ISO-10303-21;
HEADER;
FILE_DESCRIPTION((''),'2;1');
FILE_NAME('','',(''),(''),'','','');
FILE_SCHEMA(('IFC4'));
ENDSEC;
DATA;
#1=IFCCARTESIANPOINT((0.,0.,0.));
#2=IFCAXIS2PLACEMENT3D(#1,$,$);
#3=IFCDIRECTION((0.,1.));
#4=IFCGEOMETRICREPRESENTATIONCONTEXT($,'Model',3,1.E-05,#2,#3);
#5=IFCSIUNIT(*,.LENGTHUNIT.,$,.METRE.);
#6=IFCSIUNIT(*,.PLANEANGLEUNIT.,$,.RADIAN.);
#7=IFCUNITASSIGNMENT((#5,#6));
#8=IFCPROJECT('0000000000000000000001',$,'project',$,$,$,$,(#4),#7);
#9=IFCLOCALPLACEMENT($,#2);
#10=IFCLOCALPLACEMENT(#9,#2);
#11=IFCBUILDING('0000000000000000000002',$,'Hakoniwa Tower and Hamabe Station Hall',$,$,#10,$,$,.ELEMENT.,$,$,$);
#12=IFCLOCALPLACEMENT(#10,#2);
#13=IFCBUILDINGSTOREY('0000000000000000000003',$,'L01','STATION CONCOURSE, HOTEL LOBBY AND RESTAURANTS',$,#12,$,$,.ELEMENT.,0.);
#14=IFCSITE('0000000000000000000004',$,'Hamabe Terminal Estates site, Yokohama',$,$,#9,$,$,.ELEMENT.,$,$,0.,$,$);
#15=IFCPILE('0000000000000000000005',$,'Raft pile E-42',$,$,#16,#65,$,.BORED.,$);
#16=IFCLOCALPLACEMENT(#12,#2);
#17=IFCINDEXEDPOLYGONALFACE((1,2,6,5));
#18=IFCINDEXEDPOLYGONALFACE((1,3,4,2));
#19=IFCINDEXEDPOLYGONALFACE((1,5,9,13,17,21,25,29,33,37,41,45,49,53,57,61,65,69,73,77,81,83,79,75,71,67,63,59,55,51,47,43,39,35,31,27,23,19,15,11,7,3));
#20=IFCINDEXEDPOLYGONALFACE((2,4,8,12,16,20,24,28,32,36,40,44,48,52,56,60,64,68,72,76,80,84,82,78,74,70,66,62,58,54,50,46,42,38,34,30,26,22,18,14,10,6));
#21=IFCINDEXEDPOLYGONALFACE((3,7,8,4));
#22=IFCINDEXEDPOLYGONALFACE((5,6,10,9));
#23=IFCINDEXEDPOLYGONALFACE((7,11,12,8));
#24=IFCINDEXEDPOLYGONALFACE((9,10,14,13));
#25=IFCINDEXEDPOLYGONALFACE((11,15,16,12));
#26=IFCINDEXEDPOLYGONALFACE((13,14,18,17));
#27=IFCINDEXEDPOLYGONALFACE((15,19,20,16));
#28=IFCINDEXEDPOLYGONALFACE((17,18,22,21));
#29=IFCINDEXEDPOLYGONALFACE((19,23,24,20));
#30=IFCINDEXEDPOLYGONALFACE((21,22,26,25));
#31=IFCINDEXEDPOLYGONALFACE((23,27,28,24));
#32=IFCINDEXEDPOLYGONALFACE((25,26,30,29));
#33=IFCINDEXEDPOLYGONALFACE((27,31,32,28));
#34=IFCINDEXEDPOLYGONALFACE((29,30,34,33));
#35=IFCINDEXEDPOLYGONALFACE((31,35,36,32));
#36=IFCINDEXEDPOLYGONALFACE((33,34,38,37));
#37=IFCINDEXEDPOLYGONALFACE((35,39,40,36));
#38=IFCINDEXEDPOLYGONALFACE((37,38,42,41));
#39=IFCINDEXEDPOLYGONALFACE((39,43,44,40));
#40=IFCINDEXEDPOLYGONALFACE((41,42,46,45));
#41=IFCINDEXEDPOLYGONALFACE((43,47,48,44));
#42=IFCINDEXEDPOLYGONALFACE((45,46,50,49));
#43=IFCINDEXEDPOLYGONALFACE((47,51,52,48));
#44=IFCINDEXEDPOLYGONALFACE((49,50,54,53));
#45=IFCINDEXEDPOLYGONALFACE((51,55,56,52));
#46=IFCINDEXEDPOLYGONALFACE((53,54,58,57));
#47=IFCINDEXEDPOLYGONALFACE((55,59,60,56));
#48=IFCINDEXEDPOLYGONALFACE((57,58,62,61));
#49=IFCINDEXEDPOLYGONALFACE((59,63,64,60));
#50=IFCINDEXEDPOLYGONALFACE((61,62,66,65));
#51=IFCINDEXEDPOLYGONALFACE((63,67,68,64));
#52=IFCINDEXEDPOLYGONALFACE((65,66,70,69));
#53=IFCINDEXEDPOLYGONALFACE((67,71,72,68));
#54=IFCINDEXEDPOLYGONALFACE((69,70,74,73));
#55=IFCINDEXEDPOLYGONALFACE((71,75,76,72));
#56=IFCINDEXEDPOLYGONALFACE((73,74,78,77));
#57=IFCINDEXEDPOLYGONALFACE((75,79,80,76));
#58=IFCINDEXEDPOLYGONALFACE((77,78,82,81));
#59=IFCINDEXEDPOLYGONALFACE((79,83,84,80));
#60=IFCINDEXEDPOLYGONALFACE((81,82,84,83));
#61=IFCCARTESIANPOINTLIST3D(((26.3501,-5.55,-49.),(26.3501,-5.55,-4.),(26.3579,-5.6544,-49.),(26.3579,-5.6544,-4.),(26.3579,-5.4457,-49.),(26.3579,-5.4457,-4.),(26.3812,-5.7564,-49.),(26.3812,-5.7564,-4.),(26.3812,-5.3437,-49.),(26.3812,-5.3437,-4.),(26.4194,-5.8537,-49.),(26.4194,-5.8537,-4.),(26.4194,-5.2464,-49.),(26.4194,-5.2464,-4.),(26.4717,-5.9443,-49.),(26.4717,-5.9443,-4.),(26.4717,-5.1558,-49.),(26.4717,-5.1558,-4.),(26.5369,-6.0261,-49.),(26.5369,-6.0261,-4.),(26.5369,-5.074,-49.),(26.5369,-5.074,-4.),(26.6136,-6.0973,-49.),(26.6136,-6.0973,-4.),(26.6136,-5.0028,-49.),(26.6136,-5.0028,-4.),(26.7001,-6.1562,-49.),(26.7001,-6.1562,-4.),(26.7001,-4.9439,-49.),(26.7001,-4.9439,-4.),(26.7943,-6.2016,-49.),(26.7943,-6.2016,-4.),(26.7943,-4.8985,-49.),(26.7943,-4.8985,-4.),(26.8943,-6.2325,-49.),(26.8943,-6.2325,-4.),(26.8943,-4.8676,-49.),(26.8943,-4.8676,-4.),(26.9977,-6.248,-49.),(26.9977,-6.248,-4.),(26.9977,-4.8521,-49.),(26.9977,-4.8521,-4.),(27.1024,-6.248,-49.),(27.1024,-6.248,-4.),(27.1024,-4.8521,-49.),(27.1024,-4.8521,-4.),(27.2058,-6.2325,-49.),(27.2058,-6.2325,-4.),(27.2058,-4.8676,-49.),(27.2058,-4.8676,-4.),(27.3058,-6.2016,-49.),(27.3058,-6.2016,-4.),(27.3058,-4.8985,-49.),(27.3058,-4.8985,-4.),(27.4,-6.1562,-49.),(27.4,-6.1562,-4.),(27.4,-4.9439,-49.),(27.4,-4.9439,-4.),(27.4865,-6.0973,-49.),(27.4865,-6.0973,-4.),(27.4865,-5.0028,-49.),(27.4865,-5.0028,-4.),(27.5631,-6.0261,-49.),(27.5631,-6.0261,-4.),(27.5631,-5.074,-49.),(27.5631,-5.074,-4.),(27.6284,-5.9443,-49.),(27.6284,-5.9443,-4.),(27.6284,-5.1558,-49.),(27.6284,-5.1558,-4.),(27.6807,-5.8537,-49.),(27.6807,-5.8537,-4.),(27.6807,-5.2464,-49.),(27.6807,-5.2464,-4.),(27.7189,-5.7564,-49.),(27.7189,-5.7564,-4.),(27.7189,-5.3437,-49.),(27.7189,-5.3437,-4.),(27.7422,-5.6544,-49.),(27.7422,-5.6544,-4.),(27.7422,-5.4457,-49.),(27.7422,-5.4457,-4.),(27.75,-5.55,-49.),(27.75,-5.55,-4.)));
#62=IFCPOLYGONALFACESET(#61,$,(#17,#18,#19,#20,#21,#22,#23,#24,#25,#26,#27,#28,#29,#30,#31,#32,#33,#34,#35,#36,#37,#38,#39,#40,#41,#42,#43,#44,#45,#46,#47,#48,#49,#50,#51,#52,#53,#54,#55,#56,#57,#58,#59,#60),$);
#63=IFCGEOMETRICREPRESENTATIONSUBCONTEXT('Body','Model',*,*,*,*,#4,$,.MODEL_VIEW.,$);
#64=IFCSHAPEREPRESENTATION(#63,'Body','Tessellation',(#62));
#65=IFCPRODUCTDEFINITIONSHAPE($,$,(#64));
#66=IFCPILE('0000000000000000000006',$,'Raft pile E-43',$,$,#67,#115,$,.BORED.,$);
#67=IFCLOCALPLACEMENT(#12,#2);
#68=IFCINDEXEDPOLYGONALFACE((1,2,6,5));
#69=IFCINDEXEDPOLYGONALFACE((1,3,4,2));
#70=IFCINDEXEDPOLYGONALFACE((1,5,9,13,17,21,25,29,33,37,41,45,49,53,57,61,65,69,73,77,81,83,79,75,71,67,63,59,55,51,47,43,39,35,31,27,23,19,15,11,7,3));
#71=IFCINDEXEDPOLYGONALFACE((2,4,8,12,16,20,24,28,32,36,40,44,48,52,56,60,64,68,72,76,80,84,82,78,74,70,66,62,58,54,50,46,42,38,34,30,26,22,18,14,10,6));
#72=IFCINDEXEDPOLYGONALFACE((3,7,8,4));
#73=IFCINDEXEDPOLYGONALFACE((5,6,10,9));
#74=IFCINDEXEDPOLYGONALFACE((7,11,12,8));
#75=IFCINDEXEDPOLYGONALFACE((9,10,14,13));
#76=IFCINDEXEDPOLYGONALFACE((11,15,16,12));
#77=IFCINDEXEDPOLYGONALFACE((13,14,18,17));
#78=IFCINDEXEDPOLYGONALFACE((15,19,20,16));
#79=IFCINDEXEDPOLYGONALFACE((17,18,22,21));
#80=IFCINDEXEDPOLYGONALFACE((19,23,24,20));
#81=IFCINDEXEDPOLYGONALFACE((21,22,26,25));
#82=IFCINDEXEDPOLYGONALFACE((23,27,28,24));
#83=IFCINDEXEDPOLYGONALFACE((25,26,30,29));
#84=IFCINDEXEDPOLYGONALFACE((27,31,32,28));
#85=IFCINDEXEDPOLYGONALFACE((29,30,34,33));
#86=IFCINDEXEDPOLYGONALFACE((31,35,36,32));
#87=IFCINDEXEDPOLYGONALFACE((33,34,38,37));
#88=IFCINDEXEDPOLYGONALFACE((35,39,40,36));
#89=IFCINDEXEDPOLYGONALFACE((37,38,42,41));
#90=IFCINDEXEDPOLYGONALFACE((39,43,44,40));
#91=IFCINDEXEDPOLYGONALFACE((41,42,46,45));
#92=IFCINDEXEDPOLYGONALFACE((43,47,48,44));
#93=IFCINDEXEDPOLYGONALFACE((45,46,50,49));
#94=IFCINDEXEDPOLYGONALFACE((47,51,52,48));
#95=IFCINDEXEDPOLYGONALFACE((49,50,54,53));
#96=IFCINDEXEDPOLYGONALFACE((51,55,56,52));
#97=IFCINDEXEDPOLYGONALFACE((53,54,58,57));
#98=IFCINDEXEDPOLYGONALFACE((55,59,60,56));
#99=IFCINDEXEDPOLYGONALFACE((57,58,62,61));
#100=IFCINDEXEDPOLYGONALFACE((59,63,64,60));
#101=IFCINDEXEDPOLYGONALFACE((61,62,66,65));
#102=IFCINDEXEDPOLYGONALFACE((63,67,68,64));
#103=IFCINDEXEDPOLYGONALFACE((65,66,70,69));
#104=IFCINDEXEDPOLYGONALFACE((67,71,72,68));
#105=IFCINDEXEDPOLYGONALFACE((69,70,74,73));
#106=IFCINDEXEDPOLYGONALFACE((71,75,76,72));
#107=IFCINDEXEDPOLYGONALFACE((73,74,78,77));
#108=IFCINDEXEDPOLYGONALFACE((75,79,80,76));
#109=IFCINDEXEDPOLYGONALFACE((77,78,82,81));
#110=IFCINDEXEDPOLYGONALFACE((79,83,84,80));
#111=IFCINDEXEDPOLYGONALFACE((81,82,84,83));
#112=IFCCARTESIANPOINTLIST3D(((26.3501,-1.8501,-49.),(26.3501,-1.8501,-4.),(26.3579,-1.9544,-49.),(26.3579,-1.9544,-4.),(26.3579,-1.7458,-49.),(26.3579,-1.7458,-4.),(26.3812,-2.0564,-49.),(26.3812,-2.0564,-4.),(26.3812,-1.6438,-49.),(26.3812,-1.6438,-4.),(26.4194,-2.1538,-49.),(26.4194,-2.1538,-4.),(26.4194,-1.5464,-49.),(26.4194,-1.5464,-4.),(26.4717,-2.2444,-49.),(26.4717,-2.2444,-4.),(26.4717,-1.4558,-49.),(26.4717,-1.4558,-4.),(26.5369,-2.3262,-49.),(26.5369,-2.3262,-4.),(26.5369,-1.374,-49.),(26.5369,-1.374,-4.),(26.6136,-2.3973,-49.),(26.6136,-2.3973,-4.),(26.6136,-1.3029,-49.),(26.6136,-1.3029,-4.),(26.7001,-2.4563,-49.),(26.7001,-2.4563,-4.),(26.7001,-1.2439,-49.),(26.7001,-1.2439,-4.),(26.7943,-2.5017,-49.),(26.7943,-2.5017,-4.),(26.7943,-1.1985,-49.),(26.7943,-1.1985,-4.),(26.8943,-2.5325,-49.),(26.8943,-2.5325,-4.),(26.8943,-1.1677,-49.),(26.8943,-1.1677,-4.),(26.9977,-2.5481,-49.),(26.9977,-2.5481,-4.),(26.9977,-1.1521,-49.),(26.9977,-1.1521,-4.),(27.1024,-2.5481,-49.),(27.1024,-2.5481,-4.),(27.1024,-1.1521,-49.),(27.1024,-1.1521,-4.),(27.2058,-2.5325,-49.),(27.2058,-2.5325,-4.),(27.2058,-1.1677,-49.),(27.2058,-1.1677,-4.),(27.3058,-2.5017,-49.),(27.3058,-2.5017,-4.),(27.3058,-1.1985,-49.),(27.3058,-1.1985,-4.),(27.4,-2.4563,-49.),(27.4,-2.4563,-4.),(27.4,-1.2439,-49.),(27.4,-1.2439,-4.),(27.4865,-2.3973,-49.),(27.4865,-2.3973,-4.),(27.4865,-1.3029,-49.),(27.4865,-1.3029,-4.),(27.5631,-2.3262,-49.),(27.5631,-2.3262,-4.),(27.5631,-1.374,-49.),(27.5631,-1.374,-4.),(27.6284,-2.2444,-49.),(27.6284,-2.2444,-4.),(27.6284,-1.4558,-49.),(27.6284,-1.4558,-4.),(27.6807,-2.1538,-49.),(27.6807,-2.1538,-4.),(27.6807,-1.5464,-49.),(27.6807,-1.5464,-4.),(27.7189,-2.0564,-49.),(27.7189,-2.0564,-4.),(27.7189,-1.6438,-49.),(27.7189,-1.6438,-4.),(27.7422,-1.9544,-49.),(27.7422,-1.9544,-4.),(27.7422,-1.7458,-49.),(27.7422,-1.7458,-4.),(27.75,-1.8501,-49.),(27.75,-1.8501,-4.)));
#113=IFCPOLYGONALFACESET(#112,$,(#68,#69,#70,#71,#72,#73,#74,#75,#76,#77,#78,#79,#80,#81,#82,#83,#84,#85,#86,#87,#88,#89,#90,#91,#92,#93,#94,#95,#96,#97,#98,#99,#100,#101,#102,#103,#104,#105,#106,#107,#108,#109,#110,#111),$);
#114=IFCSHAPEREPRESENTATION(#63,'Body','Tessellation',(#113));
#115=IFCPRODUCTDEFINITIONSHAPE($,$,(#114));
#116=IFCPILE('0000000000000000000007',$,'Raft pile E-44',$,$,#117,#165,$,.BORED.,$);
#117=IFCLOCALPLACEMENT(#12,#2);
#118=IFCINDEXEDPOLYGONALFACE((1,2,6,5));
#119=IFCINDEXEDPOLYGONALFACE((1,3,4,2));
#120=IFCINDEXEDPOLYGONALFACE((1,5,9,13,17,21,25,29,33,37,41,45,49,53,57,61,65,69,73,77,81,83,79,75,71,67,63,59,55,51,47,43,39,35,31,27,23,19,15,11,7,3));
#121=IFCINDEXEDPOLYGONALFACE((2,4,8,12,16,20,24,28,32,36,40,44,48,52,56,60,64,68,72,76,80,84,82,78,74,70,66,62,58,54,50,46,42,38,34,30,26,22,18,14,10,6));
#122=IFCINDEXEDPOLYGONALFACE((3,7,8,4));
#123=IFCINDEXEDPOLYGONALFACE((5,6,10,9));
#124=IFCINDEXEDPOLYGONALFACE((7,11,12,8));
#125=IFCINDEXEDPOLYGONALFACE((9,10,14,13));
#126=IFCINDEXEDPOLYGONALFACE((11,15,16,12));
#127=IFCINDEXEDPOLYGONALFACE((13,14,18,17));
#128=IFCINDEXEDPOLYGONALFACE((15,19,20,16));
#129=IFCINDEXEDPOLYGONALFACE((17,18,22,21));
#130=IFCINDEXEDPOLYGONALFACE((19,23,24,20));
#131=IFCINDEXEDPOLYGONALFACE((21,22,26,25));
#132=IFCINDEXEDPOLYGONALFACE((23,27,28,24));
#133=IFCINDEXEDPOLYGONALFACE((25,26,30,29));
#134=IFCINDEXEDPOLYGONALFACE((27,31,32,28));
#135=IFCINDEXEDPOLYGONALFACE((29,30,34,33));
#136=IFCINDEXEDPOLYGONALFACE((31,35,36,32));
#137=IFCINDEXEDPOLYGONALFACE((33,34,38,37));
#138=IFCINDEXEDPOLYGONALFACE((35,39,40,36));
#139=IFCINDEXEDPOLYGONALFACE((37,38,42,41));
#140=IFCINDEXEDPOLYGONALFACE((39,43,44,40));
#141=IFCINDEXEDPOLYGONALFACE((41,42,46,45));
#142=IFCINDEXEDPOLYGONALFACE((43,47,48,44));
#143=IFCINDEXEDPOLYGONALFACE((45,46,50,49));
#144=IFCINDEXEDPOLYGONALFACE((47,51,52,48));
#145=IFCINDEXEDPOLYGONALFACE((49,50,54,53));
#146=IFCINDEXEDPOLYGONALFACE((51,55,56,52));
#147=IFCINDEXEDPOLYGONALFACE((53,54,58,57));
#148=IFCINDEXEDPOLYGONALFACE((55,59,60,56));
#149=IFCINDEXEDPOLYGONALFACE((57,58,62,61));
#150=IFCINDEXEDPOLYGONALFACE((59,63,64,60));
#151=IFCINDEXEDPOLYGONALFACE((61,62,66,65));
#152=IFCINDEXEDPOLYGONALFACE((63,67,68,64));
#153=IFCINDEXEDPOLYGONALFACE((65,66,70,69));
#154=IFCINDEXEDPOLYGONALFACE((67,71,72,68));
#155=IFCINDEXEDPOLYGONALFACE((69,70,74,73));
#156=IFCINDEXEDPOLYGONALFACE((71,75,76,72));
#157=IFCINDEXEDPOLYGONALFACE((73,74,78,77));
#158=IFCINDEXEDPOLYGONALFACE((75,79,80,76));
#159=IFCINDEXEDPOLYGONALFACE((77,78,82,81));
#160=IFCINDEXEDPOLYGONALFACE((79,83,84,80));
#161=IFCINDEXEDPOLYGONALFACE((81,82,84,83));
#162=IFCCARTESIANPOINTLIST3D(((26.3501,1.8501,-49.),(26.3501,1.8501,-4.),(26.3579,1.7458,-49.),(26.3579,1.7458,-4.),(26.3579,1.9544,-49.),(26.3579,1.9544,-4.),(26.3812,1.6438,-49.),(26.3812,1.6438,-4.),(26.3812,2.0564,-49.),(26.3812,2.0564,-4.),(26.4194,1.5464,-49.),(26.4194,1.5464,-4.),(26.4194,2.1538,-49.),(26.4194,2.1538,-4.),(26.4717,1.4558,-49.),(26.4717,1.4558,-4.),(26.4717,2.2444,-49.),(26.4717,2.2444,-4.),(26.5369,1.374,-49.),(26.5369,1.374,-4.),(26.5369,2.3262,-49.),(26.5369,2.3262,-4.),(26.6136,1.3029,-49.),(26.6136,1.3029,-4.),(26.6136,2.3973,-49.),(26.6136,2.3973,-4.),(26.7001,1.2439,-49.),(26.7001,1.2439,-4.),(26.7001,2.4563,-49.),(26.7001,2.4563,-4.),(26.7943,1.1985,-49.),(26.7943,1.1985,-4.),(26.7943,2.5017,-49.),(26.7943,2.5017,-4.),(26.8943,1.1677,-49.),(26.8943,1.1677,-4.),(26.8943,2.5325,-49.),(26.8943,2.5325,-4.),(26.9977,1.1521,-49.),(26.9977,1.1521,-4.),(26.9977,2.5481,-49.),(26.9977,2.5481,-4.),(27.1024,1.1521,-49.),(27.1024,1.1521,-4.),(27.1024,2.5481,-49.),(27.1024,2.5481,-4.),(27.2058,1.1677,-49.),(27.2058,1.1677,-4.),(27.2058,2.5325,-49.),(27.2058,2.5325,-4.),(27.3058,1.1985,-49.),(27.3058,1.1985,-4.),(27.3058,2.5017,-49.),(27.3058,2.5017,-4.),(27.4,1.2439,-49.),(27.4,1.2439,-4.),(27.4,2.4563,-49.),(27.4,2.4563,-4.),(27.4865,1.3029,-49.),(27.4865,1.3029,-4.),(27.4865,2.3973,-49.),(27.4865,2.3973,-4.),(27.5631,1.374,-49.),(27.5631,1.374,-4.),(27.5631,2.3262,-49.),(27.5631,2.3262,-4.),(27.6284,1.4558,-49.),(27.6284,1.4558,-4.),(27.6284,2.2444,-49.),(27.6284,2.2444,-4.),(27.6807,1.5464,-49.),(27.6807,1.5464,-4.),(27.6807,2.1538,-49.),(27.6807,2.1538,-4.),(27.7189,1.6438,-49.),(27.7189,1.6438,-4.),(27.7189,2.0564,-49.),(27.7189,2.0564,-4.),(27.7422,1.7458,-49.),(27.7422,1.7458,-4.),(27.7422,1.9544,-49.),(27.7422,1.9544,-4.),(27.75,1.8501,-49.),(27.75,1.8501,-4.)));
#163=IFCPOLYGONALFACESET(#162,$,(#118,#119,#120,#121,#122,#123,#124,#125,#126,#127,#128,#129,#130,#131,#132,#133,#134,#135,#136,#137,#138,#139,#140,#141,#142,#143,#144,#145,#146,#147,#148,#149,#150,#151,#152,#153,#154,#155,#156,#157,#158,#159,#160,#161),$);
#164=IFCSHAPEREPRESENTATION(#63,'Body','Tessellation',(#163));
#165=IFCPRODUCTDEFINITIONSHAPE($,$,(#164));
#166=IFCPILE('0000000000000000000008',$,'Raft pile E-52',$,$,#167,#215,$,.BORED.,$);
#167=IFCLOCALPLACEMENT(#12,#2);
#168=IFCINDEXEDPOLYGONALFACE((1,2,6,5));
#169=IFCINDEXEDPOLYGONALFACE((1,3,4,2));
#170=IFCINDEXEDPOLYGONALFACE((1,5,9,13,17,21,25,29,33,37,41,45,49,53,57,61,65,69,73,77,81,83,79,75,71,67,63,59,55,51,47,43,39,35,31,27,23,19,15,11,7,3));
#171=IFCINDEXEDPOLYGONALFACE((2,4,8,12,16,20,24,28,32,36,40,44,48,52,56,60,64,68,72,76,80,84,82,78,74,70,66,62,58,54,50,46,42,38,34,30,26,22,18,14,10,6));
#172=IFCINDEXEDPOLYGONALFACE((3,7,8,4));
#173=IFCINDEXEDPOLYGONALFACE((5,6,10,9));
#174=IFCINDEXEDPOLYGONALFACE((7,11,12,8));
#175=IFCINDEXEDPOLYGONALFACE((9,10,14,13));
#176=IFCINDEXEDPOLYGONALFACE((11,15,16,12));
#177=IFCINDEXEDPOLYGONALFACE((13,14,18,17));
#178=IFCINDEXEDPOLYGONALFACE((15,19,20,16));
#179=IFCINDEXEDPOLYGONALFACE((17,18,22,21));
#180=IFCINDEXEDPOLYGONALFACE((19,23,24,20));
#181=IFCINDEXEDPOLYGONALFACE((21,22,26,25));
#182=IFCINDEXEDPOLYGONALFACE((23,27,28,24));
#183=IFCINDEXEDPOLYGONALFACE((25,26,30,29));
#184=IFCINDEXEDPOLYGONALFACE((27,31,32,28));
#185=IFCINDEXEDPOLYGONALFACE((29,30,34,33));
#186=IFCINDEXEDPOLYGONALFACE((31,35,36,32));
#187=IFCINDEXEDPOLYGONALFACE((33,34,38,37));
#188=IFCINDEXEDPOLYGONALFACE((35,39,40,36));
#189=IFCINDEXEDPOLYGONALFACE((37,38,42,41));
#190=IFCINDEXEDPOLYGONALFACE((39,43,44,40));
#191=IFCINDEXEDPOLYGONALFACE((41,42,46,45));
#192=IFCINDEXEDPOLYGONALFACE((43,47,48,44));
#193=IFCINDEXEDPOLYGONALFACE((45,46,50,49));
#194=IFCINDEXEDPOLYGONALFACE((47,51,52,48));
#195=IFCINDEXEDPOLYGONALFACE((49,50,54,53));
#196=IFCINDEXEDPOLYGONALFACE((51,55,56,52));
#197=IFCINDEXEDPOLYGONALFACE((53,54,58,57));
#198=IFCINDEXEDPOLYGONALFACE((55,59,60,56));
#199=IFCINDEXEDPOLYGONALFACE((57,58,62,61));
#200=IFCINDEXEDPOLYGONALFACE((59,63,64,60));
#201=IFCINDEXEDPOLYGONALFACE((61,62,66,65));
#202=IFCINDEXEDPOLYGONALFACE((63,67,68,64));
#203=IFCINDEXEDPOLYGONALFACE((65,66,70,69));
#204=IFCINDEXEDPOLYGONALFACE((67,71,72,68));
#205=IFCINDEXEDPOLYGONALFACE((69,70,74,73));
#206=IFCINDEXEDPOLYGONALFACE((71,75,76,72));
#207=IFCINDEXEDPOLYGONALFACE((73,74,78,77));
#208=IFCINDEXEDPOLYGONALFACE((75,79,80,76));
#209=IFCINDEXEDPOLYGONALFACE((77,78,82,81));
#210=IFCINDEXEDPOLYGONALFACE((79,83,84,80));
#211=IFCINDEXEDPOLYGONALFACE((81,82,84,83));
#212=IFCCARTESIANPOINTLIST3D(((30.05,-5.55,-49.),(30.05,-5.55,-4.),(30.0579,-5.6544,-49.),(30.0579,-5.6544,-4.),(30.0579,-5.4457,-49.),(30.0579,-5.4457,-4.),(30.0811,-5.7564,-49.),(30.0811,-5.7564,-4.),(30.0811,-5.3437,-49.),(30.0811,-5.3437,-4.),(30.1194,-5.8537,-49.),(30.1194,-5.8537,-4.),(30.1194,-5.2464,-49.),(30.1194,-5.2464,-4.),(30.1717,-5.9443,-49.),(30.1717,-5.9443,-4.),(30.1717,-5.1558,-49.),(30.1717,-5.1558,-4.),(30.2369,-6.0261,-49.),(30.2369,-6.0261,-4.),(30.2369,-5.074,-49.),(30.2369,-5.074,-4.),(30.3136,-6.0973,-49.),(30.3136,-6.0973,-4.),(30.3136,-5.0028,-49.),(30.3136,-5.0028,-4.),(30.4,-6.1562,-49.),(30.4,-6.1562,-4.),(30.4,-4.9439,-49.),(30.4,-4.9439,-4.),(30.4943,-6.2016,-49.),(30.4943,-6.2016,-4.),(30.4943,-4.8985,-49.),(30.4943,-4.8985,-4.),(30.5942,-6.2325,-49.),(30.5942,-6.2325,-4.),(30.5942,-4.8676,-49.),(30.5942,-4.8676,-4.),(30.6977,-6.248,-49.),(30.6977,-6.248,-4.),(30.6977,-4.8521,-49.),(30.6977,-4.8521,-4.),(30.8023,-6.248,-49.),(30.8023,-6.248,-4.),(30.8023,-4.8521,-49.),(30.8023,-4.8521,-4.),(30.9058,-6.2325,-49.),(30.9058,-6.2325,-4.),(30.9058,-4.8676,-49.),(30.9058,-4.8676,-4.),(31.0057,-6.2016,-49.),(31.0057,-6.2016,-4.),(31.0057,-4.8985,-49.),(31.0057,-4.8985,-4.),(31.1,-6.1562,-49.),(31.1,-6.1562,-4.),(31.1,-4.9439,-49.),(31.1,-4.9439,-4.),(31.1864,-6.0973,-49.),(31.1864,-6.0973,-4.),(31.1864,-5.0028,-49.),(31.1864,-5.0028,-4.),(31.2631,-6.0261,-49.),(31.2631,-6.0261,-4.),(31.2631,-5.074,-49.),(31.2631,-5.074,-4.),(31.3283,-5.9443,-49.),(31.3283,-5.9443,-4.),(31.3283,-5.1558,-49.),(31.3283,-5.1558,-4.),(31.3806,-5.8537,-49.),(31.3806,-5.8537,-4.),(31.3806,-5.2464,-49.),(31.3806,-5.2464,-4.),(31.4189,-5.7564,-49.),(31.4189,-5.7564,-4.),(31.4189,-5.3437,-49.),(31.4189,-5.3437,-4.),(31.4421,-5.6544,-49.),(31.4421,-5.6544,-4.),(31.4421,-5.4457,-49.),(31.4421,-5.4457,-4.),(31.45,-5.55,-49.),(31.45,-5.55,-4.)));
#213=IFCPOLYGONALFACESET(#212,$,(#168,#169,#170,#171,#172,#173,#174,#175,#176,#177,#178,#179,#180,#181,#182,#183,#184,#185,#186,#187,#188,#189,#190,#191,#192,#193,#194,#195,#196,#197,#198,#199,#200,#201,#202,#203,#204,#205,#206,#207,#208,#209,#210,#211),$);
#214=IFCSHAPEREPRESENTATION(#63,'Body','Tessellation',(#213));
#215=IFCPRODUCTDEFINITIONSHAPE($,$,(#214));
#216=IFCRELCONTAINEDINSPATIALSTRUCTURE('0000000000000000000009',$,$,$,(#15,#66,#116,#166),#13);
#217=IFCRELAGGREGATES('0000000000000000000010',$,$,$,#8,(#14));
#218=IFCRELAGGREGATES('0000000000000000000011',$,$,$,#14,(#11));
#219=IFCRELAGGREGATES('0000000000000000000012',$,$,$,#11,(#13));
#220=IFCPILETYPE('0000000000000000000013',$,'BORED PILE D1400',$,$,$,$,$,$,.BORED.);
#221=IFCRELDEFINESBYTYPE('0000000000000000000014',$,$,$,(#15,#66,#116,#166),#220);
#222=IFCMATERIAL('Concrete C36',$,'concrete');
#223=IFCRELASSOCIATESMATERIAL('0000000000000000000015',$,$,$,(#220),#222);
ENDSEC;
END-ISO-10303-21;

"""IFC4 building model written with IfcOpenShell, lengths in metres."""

from ifc_helpers import new_model, si_unit, direction, frame, origin, origin_2d, place, context, subcontext, project, spatial, circle, extrude, material, material_profile, profile_set, type_object, element, save


model = new_model("IFC4")

# Units and contexts
model_context = context("Model", 3, precision=1e-05, world=origin(), true_north=direction((0.0, 1.0)))
body_context = subcontext(model_context, "Body", "Model", "MODEL_VIEW")
ifc_project = project(units=[si_unit("LENGTHUNIT", "METRE"), si_unit("PLANEANGLEUNIT", "RADIAN")], contexts=[model_context])

# Site, building, storey
site_placement = place(None, origin())
site = spatial("IfcSite", under=ifc_project, at=site_placement, Name="Hamabe Terminal Estates site, Yokohama", CompositionType="ELEMENT", RefElevation=0.0)
building_placement = place(site_placement, origin())
building = spatial("IfcBuilding", under=site, at=building_placement, Name="Hakoniwa Tower and Hamabe Station Hall", CompositionType="ELEMENT")
storey_placement = place(building_placement, origin())
storey = spatial("IfcBuildingStorey", under=building, at=storey_placement, Name="L01", Description="STATION CONCOURSE, HOTEL LOBBY AND RESTAURANTS", CompositionType="ELEMENT", Elevation=0.0)

# Piles
ifc_material_1 = material(Name="Concrete C36", Category="concrete")
ifc_material_profile = material_profile(ifc_material_1, circle(Radius=0.7, at=origin_2d()), Name="BORED PILE D1400")
ifc_profile_set = profile_set([ifc_material_profile], Name="Concrete C36")
pile_type = type_object("IfcPileType", Name="BORED PILE D1400", PredefinedType="BORED", material=ifc_profile_set)
for number, where, z_axis, x_axis, name in (
    (1, (27.05, -5.55, -4.0), (0.0, 0.0, -1.0), (1.0, 0.0, 0.0), "Raft pile E-42"),
    (2, (27.05, -1.8501, -4.0), (0.0, 0.0, -1.0), (1.0, 0.0, 0.0), "Raft pile E-43"),
    (3, (27.05, 1.8501, -4.0), (0.0, 0.0, -1.0), (1.0, 0.0, 0.0), "Raft pile E-44"),
    (4, (30.75, -5.55, -4.0), (0.0, 0.0, -1.0), (1.0, 0.0, 0.0), "Raft pile E-52"),
):
    element("IfcPile", number, at=place(storey_placement, frame(where, z_axis=z_axis, x_axis=x_axis)), inside=storey, type_object=pile_type, Name=name, PredefinedType="BORED", context=body_context, shape_type="SweptSolid", body=[
        extrude(circle(Radius=0.7, at=origin_2d()), origin(), (0.0, 0.0, 1.0), 45.0),
    ])

save(model, "model.ifc")
